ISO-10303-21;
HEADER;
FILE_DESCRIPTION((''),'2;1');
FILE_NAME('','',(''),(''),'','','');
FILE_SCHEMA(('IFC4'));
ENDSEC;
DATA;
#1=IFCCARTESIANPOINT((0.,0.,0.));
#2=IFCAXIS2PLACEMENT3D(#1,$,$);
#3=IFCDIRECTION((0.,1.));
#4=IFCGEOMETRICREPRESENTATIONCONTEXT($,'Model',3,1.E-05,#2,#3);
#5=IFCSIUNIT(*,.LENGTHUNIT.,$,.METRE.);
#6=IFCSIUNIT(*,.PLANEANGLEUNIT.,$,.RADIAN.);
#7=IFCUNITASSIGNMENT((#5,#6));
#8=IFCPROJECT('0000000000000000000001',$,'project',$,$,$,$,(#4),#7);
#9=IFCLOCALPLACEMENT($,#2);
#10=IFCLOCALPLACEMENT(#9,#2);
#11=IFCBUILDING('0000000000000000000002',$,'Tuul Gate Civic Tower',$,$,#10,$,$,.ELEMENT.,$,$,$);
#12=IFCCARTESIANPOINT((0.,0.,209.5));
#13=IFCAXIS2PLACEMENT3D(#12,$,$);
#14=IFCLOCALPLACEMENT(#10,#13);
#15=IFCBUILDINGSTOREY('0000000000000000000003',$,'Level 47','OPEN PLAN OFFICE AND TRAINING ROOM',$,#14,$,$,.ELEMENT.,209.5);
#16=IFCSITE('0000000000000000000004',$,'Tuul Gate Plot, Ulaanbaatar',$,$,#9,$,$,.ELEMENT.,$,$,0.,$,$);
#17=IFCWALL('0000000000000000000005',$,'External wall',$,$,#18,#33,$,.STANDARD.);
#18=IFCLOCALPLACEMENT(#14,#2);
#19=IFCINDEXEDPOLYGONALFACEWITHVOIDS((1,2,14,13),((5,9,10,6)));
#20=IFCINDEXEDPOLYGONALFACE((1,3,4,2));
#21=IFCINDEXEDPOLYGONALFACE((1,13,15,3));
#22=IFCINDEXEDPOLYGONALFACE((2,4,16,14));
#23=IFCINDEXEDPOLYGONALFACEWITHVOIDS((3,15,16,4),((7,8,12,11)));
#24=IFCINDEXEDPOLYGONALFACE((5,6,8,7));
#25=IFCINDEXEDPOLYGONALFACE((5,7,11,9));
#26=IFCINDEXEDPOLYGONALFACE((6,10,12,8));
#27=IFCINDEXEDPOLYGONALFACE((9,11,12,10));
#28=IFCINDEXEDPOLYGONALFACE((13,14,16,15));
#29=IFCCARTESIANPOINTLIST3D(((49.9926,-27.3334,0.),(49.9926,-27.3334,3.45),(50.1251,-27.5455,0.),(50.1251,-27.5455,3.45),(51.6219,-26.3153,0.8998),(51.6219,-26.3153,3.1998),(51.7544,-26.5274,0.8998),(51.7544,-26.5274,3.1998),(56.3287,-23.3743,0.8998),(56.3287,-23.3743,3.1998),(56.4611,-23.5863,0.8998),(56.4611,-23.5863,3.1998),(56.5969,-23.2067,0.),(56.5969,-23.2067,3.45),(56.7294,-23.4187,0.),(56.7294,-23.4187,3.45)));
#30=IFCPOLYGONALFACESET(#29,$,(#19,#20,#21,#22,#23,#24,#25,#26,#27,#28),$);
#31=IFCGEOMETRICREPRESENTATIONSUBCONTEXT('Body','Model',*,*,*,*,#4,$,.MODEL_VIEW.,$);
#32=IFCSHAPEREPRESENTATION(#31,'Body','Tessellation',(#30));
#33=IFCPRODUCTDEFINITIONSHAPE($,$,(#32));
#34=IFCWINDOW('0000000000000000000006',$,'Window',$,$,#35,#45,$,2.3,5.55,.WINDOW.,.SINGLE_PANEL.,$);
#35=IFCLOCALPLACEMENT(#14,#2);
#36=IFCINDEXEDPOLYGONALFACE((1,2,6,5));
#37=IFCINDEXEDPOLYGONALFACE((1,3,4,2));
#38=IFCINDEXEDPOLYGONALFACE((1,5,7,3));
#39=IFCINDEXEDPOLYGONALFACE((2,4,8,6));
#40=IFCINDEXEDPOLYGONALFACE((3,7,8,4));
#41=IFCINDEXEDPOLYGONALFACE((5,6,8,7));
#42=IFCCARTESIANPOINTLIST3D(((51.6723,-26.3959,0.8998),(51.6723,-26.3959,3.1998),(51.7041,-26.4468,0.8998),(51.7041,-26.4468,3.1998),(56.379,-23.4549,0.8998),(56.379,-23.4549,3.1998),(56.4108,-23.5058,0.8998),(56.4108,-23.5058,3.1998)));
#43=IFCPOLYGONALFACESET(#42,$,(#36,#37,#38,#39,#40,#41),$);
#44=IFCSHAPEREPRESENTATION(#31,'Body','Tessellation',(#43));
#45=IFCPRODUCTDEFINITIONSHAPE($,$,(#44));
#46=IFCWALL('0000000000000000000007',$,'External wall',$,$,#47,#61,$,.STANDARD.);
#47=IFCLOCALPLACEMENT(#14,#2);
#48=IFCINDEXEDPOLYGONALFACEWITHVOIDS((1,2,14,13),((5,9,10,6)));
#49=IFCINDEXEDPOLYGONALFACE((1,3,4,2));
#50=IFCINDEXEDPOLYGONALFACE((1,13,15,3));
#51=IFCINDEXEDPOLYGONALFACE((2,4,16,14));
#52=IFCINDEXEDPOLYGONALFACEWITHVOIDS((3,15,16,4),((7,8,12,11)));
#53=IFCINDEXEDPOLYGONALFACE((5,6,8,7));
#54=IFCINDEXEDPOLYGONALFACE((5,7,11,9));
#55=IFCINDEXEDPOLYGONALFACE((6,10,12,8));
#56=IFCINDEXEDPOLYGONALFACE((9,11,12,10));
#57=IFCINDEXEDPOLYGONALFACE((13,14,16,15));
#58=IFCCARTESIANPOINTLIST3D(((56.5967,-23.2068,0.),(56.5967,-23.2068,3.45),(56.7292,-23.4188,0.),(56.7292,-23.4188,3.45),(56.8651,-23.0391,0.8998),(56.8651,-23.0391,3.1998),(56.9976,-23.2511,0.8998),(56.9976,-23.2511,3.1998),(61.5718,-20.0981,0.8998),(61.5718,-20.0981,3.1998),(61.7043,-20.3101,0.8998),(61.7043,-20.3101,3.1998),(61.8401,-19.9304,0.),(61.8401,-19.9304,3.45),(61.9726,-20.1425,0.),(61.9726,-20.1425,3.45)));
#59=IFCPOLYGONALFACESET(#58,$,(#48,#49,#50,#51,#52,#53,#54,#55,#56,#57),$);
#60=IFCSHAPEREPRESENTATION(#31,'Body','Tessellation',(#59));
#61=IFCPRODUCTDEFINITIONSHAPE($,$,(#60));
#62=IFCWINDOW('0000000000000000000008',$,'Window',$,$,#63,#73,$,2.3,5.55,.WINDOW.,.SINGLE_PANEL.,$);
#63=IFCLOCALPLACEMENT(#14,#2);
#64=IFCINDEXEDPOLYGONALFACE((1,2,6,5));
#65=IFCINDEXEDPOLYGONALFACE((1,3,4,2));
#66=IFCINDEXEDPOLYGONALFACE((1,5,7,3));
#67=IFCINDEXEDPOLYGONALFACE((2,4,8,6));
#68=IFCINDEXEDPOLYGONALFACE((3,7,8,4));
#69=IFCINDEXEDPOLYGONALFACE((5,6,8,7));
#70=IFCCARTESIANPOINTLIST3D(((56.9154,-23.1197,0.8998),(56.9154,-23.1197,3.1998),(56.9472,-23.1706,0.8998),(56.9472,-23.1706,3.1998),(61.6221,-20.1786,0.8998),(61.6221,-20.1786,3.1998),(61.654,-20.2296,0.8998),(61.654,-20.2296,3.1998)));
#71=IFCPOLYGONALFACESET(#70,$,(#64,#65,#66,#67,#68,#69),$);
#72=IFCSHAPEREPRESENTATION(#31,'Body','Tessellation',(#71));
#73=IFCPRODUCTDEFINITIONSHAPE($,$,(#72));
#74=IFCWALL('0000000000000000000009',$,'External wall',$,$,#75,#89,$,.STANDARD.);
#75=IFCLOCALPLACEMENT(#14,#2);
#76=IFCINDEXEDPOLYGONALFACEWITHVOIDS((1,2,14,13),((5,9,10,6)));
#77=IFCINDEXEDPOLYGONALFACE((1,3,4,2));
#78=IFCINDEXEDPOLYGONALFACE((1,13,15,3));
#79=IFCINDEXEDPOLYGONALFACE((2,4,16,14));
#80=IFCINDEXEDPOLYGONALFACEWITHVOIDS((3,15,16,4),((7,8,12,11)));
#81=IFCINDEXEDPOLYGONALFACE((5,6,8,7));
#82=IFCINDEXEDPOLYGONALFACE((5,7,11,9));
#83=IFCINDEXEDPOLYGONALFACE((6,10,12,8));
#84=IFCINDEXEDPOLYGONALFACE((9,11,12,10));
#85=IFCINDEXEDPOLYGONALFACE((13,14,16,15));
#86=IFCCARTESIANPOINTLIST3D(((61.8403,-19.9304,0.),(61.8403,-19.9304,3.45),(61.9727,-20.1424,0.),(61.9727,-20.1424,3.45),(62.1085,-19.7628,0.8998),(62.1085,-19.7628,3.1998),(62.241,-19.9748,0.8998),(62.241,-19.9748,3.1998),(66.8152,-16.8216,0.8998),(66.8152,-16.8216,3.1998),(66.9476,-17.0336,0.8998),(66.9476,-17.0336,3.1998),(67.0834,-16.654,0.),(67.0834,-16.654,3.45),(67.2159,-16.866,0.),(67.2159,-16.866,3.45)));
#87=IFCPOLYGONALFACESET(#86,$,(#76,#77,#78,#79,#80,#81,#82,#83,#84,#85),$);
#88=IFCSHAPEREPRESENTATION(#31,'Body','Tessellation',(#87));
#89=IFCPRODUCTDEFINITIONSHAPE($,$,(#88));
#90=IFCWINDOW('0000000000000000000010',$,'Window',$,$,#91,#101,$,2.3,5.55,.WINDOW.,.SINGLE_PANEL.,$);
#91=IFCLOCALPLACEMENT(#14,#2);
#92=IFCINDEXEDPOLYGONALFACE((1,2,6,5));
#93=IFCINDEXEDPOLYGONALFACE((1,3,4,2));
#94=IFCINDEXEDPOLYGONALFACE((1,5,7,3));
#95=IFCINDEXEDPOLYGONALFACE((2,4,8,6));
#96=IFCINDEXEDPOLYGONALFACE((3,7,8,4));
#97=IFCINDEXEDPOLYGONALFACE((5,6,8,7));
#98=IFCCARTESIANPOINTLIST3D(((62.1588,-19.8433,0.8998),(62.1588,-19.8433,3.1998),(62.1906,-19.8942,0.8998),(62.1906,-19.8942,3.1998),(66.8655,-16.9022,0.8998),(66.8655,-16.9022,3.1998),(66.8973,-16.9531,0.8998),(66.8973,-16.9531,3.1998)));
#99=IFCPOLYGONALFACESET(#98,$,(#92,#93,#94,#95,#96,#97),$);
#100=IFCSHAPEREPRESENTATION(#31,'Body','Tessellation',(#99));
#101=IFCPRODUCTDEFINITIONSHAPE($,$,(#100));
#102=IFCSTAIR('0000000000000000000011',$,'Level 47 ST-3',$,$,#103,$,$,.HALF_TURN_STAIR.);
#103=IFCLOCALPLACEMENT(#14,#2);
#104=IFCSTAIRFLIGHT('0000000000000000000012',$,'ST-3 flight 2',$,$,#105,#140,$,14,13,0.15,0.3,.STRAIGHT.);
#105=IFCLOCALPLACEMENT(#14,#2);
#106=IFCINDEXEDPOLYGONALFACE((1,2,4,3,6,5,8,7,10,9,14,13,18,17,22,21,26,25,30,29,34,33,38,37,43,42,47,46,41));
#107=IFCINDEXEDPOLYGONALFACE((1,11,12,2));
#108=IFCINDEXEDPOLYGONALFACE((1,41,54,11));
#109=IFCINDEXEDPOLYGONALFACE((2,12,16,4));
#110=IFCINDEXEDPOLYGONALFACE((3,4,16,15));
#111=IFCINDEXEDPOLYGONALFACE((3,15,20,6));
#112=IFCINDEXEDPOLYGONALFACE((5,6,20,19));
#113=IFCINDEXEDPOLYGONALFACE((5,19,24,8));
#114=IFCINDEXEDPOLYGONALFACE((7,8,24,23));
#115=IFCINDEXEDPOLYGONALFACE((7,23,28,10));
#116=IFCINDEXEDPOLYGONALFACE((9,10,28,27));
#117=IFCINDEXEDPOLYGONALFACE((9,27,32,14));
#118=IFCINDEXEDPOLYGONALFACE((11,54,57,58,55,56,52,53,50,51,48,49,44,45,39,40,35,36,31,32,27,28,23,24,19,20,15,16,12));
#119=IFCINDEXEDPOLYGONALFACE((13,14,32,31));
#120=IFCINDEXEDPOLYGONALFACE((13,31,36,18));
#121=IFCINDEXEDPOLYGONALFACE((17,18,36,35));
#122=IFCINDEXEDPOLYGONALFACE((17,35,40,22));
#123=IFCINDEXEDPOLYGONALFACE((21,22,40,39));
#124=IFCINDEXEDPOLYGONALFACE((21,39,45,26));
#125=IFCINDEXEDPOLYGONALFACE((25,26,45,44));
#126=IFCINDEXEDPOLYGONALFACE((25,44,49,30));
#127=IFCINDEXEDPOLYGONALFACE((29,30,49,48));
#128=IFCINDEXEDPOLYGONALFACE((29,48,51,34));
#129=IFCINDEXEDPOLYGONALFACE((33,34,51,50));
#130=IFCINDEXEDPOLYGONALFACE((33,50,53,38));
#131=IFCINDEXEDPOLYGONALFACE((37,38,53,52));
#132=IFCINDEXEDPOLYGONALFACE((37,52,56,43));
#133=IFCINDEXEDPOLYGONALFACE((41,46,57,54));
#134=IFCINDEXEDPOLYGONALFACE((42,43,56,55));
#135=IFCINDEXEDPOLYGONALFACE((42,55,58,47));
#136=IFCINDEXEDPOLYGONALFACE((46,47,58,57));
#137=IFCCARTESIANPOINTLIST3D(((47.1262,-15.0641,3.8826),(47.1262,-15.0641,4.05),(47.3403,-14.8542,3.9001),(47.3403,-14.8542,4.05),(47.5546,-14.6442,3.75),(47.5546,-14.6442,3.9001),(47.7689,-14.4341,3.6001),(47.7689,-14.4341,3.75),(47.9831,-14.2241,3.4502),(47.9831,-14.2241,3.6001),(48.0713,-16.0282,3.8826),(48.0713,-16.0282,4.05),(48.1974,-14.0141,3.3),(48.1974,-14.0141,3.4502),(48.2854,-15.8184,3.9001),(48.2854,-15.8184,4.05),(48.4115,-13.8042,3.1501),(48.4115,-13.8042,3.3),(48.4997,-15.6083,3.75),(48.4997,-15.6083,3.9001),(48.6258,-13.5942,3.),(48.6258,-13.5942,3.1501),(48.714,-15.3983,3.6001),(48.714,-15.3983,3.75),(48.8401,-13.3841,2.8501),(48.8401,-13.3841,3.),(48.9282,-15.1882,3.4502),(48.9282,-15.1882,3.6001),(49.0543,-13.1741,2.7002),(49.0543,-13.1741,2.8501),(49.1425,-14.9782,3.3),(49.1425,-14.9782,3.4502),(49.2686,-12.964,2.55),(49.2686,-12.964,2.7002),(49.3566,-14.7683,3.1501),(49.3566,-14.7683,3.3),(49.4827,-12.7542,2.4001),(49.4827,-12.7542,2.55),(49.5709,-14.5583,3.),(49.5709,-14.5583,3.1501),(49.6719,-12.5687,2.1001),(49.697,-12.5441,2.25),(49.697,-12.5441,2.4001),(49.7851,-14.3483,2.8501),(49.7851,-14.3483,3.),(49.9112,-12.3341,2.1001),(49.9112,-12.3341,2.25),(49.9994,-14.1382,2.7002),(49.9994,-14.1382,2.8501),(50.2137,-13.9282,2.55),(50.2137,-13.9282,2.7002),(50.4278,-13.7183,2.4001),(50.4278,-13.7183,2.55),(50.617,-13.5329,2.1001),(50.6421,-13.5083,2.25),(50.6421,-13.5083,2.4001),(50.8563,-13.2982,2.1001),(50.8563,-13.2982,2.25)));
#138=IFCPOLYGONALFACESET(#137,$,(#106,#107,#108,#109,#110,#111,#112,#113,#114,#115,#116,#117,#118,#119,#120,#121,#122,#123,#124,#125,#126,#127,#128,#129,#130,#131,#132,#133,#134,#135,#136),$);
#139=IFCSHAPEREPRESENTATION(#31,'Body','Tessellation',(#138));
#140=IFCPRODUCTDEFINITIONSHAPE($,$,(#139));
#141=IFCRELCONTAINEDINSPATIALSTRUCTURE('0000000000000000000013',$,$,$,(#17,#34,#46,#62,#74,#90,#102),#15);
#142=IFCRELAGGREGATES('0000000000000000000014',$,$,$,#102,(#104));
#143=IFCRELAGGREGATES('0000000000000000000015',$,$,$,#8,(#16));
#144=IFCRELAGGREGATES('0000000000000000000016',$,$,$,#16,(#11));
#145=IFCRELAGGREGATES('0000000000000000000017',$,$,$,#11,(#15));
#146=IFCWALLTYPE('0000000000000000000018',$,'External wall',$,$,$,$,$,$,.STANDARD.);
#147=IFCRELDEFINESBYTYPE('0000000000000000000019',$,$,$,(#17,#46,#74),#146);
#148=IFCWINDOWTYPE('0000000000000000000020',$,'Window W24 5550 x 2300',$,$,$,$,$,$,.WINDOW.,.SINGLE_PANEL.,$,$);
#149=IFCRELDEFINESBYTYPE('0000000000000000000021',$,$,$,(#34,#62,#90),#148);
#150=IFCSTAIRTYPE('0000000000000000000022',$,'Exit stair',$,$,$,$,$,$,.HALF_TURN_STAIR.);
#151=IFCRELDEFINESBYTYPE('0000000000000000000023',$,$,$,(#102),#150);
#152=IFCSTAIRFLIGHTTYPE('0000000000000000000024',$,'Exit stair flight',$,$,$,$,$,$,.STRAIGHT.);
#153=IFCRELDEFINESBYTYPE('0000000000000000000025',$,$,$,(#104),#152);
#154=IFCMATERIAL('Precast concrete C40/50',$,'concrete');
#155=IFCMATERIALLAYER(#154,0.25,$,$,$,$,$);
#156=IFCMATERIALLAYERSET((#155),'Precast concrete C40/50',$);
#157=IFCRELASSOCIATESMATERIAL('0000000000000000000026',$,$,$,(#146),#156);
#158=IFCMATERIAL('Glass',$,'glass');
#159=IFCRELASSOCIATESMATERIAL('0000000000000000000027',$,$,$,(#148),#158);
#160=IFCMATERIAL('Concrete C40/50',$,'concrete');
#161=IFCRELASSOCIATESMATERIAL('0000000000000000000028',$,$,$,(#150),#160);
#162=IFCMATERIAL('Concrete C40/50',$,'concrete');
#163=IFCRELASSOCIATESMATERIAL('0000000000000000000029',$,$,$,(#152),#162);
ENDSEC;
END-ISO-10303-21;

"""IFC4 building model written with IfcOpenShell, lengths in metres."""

from ifc_helpers import new_model, si_unit, direction, frame, frame_2d, origin, place, context, subcontext, project, spatial, polyline, rectangle, outline, extrude, material, layer, layer_set, type_object, element, fill, aggregate, save


model = new_model("IFC4")

# Units and contexts
model_context = context("Model", 3, precision=1e-05, world=origin(), true_north=direction((0.0, 1.0)))
body_context = subcontext(model_context, "Body", "Model", "MODEL_VIEW")
ifc_project = project(units=[si_unit("LENGTHUNIT", "METRE"), si_unit("PLANEANGLEUNIT", "RADIAN")], contexts=[model_context])

# Site, building, storey
site_placement = place(None, origin())
site = spatial("IfcSite", under=ifc_project, at=site_placement, Name="Tuul Gate Plot, Ulaanbaatar", CompositionType="ELEMENT", RefElevation=0.0)
building_placement = place(site_placement, origin())
building = spatial("IfcBuilding", under=site, at=building_placement, Name="Tuul Gate Civic Tower", CompositionType="ELEMENT")
storey_placement = place(building_placement, frame((0.0, 0.0, 209.5)))
storey = spatial("IfcBuildingStorey", under=building, at=storey_placement, Name="Level 47", Description="OPEN PLAN OFFICE AND TRAINING ROOM", CompositionType="ELEMENT", Elevation=209.5)

# Shared definitions
ifc_material_1 = material(Name="Precast concrete C40/50", Category="concrete")
ifc_layer = layer(ifc_material_1, 0.25)
ifc_layer_set = layer_set([ifc_layer], Name="Precast concrete C40/50")
wall_type = type_object("IfcWallType", Name="External wall", PredefinedType="STANDARD", material=ifc_layer_set)

# Walls, openings, windows
wall_1_placement = place(storey_placement, frame((50.0588, -27.4395, 0.0), z_axis=(0.0, 0.0, 1.0), x_axis=(0.848053, 0.529912, 0.0)))
wall_1 = element("IfcWall", 1, at=wall_1_placement, inside=storey, type_object=wall_type, Name="External wall", PredefinedType="STANDARD", context=body_context, shape_type="SweptSolid", body=[
    extrude(rectangle(XDim=7.7876, YDim=0.25, at=frame_2d((3.8938, 0.0))), origin(), (0.0, 0.0, 1.0), 3.45),
])
opening_1_placement = place(wall_1_placement, frame((1.9214, 0.0, 0.8999)))
opening_1 = element("IfcOpeningElement", 2, at=opening_1_placement, cuts=wall_1, PredefinedType="OPENING", context=body_context, shape_type="SweptSolid", body=[
    extrude(rectangle(XDim=5.55, YDim=2.3, at=frame_2d((2.7749, 1.1499))), frame((0.0, 0.135, 0.0), z_axis=(0.0, -1.0, 0.0), x_axis=(1.0, 0.0, 0.0)), (0.0, 0.0, 1.0), 0.27),
])
ifc_material_2 = material(Name="Glass", Category="glass")
window_type_1 = type_object("IfcWindowType", Name="Window W24 5550 x 2300", PartitioningType="SINGLE_PANEL", PredefinedType="WINDOW", material=ifc_material_2)
window_1_placement = place(opening_1_placement, origin())
window_1 = element("IfcWindow", 3, at=window_1_placement, inside=storey, type_object=window_type_1, Name="Window", OverallHeight=2.3, OverallWidth=5.55, PartitioningType="SINGLE_PANEL", PredefinedType="WINDOW", context=body_context, shape_type="SweptSolid", body=[
    extrude(rectangle(XDim=5.55, YDim=2.3, at=frame_2d((2.7749, 1.1499))), frame((0.0, 0.03, 0.0), z_axis=(0.0, -1.0, 0.0), x_axis=(1.0, 0.0, 0.0)), (0.0, 0.0, 1.0), 0.0601),
])
fill(opening_1, window_1)
wall_2_placement = place(storey_placement, frame((56.6631, -23.3127, 0.0), z_axis=(0.0, 0.0, 1.0), x_axis=(0.848054, 0.52991, 0.0)))
wall_2 = element("IfcWall", 4, at=wall_2_placement, inside=storey, type_object=wall_type, Name="External wall", PredefinedType="STANDARD", context=body_context, shape_type="SweptSolid", body=[
    extrude(rectangle(XDim=6.1829, YDim=0.25, at=frame_2d((3.0913, 0.0))), origin(), (0.0, 0.0, 1.0), 3.45),
])
opening_2_placement = place(wall_2_placement, frame((0.3164, 0.0, 0.8999)))
opening_2 = element("IfcOpeningElement", 5, at=opening_2_placement, cuts=wall_2, PredefinedType="OPENING", context=body_context, shape_type="SweptSolid", body=[
    extrude(rectangle(XDim=5.55, YDim=2.3, at=frame_2d((2.7749, 1.1499))), frame((0.0, 0.135, 0.0), z_axis=(0.0, -1.0, 0.0), x_axis=(1.0, 0.0, 0.0)), (0.0, 0.0, 1.0), 0.27),
])
window_2_placement = place(opening_2_placement, origin())
window_2 = element("IfcWindow", 6, at=window_2_placement, inside=storey, type_object=window_type_1, Name="Window", OverallHeight=2.3, OverallWidth=5.55, PartitioningType="SINGLE_PANEL", PredefinedType="WINDOW", context=body_context, shape_type="SweptSolid", body=[
    extrude(rectangle(XDim=5.55, YDim=2.3, at=frame_2d((2.7749, 1.1499))), frame((0.0, 0.03, 0.0), z_axis=(0.0, -1.0, 0.0), x_axis=(1.0, 0.0, 0.0)), (0.0, 0.0, 1.0), 0.0601),
])
fill(opening_2, window_2)
wall_3_placement = place(storey_placement, frame((61.9065, -20.0364, 0.0), z_axis=(0.0, 0.0, 1.0), x_axis=(0.848043, 0.529928, 0.0)))
wall_3 = element("IfcWall", 7, at=wall_3_placement, inside=storey, type_object=wall_type, Name="External wall", PredefinedType="STANDARD", context=body_context, shape_type="SweptSolid", body=[
    extrude(rectangle(XDim=6.1826, YDim=0.25, at=frame_2d((3.0913, 0.0))), origin(), (0.0, 0.0, 1.0), 3.45),
])
opening_3_placement = place(wall_3_placement, frame((0.3164, 0.0, 0.8999)))
opening_3 = element("IfcOpeningElement", 8, at=opening_3_placement, cuts=wall_3, PredefinedType="OPENING", context=body_context, shape_type="SweptSolid", body=[
    extrude(rectangle(XDim=5.55, YDim=2.3, at=frame_2d((2.7749, 1.1499))), frame((0.0, 0.135, 0.0), z_axis=(0.0, -1.0, 0.0), x_axis=(1.0, 0.0, 0.0)), (0.0, 0.0, 1.0), 0.27),
])
window_3_placement = place(opening_3_placement, origin())
window_3 = element("IfcWindow", 9, at=window_3_placement, inside=storey, type_object=window_type_1, Name="Window", OverallHeight=2.3, OverallWidth=5.55, PartitioningType="SINGLE_PANEL", PredefinedType="WINDOW", context=body_context, shape_type="SweptSolid", body=[
    extrude(rectangle(XDim=5.55, YDim=2.3, at=frame_2d((2.7749, 1.1499))), frame((0.0, 0.03, 0.0), z_axis=(0.0, -1.0, 0.0), x_axis=(1.0, 0.0, 0.0)), (0.0, 0.0, 1.0), 0.0601),
])
fill(opening_3, window_3)

# Stair, stair flight
ifc_material_3 = material(Name="Concrete C40/50", Category="concrete")
stair_type = type_object("IfcStairType", Name="Exit stair", PredefinedType="HALF_TURN_STAIR", material=ifc_material_3)
stair_placement = place(storey_placement, origin())
stair = element("IfcStair", 10, at=stair_placement, inside=storey, type_object=stair_type, Name="Level 47 ST-3", PredefinedType="HALF_TURN_STAIR")
ifc_material_4 = material(Name="Concrete C40/50", Category="concrete")
stair_flight_type = type_object("IfcStairFlightType", Name="Exit stair flight", PredefinedType="STRAIGHT", material=ifc_material_4)
stair_flight_placement = place(storey_placement, frame((50.3838, -12.8162, 2.1001), z_axis=(0.0, 0.0, 1.0), x_axis=(-0.714127, -0.700016, 0.0)))
stair_flight = element("IfcStairFlight", 11, at=stair_flight_placement, type_object=stair_flight_type, Name="ST-3 flight 2", NumberOfRisers=14, NumberOfTreads=13, PredefinedType="STRAIGHT", RiserHeight=0.15, TreadLength=0.3, context=body_context, shape_type="SweptSolid", body=[
    extrude(outline(polyline([(0.0, 0.0), (0.0, 0.1499), (0.3, 0.1499), (0.3, 0.3), (0.6001, 0.3), (0.6001, 0.45), (0.8999, 0.45), (0.8999, 0.6001), (1.2, 0.6001), (1.2, 0.75), (1.5, 0.75), (1.5, 0.8999), (1.8, 0.8999), (1.8, 1.05), (2.1001, 1.05), (2.1001, 1.2), (2.3999, 1.2), (2.3999, 1.3501), (2.7, 1.3501), (2.7, 1.5), (3.0, 1.5), (3.0, 1.6499), (3.3, 1.6499), (3.3, 1.8), (3.6001, 1.8), (3.6001, 1.95), (3.8999, 1.95), (3.8999, 2.1001), (3.8999, 1.7825), (0.3352, 0.0), (0.0, 0.0)])), frame((0.0, 0.675, 0.0), z_axis=(0.0, -1.0, 0.0), x_axis=(1.0, 0.0, 0.0)), (0.0, 0.0, 1.0), 1.3501),
])
aggregate(stair, [stair_flight])

save(model, "model.ifc")
